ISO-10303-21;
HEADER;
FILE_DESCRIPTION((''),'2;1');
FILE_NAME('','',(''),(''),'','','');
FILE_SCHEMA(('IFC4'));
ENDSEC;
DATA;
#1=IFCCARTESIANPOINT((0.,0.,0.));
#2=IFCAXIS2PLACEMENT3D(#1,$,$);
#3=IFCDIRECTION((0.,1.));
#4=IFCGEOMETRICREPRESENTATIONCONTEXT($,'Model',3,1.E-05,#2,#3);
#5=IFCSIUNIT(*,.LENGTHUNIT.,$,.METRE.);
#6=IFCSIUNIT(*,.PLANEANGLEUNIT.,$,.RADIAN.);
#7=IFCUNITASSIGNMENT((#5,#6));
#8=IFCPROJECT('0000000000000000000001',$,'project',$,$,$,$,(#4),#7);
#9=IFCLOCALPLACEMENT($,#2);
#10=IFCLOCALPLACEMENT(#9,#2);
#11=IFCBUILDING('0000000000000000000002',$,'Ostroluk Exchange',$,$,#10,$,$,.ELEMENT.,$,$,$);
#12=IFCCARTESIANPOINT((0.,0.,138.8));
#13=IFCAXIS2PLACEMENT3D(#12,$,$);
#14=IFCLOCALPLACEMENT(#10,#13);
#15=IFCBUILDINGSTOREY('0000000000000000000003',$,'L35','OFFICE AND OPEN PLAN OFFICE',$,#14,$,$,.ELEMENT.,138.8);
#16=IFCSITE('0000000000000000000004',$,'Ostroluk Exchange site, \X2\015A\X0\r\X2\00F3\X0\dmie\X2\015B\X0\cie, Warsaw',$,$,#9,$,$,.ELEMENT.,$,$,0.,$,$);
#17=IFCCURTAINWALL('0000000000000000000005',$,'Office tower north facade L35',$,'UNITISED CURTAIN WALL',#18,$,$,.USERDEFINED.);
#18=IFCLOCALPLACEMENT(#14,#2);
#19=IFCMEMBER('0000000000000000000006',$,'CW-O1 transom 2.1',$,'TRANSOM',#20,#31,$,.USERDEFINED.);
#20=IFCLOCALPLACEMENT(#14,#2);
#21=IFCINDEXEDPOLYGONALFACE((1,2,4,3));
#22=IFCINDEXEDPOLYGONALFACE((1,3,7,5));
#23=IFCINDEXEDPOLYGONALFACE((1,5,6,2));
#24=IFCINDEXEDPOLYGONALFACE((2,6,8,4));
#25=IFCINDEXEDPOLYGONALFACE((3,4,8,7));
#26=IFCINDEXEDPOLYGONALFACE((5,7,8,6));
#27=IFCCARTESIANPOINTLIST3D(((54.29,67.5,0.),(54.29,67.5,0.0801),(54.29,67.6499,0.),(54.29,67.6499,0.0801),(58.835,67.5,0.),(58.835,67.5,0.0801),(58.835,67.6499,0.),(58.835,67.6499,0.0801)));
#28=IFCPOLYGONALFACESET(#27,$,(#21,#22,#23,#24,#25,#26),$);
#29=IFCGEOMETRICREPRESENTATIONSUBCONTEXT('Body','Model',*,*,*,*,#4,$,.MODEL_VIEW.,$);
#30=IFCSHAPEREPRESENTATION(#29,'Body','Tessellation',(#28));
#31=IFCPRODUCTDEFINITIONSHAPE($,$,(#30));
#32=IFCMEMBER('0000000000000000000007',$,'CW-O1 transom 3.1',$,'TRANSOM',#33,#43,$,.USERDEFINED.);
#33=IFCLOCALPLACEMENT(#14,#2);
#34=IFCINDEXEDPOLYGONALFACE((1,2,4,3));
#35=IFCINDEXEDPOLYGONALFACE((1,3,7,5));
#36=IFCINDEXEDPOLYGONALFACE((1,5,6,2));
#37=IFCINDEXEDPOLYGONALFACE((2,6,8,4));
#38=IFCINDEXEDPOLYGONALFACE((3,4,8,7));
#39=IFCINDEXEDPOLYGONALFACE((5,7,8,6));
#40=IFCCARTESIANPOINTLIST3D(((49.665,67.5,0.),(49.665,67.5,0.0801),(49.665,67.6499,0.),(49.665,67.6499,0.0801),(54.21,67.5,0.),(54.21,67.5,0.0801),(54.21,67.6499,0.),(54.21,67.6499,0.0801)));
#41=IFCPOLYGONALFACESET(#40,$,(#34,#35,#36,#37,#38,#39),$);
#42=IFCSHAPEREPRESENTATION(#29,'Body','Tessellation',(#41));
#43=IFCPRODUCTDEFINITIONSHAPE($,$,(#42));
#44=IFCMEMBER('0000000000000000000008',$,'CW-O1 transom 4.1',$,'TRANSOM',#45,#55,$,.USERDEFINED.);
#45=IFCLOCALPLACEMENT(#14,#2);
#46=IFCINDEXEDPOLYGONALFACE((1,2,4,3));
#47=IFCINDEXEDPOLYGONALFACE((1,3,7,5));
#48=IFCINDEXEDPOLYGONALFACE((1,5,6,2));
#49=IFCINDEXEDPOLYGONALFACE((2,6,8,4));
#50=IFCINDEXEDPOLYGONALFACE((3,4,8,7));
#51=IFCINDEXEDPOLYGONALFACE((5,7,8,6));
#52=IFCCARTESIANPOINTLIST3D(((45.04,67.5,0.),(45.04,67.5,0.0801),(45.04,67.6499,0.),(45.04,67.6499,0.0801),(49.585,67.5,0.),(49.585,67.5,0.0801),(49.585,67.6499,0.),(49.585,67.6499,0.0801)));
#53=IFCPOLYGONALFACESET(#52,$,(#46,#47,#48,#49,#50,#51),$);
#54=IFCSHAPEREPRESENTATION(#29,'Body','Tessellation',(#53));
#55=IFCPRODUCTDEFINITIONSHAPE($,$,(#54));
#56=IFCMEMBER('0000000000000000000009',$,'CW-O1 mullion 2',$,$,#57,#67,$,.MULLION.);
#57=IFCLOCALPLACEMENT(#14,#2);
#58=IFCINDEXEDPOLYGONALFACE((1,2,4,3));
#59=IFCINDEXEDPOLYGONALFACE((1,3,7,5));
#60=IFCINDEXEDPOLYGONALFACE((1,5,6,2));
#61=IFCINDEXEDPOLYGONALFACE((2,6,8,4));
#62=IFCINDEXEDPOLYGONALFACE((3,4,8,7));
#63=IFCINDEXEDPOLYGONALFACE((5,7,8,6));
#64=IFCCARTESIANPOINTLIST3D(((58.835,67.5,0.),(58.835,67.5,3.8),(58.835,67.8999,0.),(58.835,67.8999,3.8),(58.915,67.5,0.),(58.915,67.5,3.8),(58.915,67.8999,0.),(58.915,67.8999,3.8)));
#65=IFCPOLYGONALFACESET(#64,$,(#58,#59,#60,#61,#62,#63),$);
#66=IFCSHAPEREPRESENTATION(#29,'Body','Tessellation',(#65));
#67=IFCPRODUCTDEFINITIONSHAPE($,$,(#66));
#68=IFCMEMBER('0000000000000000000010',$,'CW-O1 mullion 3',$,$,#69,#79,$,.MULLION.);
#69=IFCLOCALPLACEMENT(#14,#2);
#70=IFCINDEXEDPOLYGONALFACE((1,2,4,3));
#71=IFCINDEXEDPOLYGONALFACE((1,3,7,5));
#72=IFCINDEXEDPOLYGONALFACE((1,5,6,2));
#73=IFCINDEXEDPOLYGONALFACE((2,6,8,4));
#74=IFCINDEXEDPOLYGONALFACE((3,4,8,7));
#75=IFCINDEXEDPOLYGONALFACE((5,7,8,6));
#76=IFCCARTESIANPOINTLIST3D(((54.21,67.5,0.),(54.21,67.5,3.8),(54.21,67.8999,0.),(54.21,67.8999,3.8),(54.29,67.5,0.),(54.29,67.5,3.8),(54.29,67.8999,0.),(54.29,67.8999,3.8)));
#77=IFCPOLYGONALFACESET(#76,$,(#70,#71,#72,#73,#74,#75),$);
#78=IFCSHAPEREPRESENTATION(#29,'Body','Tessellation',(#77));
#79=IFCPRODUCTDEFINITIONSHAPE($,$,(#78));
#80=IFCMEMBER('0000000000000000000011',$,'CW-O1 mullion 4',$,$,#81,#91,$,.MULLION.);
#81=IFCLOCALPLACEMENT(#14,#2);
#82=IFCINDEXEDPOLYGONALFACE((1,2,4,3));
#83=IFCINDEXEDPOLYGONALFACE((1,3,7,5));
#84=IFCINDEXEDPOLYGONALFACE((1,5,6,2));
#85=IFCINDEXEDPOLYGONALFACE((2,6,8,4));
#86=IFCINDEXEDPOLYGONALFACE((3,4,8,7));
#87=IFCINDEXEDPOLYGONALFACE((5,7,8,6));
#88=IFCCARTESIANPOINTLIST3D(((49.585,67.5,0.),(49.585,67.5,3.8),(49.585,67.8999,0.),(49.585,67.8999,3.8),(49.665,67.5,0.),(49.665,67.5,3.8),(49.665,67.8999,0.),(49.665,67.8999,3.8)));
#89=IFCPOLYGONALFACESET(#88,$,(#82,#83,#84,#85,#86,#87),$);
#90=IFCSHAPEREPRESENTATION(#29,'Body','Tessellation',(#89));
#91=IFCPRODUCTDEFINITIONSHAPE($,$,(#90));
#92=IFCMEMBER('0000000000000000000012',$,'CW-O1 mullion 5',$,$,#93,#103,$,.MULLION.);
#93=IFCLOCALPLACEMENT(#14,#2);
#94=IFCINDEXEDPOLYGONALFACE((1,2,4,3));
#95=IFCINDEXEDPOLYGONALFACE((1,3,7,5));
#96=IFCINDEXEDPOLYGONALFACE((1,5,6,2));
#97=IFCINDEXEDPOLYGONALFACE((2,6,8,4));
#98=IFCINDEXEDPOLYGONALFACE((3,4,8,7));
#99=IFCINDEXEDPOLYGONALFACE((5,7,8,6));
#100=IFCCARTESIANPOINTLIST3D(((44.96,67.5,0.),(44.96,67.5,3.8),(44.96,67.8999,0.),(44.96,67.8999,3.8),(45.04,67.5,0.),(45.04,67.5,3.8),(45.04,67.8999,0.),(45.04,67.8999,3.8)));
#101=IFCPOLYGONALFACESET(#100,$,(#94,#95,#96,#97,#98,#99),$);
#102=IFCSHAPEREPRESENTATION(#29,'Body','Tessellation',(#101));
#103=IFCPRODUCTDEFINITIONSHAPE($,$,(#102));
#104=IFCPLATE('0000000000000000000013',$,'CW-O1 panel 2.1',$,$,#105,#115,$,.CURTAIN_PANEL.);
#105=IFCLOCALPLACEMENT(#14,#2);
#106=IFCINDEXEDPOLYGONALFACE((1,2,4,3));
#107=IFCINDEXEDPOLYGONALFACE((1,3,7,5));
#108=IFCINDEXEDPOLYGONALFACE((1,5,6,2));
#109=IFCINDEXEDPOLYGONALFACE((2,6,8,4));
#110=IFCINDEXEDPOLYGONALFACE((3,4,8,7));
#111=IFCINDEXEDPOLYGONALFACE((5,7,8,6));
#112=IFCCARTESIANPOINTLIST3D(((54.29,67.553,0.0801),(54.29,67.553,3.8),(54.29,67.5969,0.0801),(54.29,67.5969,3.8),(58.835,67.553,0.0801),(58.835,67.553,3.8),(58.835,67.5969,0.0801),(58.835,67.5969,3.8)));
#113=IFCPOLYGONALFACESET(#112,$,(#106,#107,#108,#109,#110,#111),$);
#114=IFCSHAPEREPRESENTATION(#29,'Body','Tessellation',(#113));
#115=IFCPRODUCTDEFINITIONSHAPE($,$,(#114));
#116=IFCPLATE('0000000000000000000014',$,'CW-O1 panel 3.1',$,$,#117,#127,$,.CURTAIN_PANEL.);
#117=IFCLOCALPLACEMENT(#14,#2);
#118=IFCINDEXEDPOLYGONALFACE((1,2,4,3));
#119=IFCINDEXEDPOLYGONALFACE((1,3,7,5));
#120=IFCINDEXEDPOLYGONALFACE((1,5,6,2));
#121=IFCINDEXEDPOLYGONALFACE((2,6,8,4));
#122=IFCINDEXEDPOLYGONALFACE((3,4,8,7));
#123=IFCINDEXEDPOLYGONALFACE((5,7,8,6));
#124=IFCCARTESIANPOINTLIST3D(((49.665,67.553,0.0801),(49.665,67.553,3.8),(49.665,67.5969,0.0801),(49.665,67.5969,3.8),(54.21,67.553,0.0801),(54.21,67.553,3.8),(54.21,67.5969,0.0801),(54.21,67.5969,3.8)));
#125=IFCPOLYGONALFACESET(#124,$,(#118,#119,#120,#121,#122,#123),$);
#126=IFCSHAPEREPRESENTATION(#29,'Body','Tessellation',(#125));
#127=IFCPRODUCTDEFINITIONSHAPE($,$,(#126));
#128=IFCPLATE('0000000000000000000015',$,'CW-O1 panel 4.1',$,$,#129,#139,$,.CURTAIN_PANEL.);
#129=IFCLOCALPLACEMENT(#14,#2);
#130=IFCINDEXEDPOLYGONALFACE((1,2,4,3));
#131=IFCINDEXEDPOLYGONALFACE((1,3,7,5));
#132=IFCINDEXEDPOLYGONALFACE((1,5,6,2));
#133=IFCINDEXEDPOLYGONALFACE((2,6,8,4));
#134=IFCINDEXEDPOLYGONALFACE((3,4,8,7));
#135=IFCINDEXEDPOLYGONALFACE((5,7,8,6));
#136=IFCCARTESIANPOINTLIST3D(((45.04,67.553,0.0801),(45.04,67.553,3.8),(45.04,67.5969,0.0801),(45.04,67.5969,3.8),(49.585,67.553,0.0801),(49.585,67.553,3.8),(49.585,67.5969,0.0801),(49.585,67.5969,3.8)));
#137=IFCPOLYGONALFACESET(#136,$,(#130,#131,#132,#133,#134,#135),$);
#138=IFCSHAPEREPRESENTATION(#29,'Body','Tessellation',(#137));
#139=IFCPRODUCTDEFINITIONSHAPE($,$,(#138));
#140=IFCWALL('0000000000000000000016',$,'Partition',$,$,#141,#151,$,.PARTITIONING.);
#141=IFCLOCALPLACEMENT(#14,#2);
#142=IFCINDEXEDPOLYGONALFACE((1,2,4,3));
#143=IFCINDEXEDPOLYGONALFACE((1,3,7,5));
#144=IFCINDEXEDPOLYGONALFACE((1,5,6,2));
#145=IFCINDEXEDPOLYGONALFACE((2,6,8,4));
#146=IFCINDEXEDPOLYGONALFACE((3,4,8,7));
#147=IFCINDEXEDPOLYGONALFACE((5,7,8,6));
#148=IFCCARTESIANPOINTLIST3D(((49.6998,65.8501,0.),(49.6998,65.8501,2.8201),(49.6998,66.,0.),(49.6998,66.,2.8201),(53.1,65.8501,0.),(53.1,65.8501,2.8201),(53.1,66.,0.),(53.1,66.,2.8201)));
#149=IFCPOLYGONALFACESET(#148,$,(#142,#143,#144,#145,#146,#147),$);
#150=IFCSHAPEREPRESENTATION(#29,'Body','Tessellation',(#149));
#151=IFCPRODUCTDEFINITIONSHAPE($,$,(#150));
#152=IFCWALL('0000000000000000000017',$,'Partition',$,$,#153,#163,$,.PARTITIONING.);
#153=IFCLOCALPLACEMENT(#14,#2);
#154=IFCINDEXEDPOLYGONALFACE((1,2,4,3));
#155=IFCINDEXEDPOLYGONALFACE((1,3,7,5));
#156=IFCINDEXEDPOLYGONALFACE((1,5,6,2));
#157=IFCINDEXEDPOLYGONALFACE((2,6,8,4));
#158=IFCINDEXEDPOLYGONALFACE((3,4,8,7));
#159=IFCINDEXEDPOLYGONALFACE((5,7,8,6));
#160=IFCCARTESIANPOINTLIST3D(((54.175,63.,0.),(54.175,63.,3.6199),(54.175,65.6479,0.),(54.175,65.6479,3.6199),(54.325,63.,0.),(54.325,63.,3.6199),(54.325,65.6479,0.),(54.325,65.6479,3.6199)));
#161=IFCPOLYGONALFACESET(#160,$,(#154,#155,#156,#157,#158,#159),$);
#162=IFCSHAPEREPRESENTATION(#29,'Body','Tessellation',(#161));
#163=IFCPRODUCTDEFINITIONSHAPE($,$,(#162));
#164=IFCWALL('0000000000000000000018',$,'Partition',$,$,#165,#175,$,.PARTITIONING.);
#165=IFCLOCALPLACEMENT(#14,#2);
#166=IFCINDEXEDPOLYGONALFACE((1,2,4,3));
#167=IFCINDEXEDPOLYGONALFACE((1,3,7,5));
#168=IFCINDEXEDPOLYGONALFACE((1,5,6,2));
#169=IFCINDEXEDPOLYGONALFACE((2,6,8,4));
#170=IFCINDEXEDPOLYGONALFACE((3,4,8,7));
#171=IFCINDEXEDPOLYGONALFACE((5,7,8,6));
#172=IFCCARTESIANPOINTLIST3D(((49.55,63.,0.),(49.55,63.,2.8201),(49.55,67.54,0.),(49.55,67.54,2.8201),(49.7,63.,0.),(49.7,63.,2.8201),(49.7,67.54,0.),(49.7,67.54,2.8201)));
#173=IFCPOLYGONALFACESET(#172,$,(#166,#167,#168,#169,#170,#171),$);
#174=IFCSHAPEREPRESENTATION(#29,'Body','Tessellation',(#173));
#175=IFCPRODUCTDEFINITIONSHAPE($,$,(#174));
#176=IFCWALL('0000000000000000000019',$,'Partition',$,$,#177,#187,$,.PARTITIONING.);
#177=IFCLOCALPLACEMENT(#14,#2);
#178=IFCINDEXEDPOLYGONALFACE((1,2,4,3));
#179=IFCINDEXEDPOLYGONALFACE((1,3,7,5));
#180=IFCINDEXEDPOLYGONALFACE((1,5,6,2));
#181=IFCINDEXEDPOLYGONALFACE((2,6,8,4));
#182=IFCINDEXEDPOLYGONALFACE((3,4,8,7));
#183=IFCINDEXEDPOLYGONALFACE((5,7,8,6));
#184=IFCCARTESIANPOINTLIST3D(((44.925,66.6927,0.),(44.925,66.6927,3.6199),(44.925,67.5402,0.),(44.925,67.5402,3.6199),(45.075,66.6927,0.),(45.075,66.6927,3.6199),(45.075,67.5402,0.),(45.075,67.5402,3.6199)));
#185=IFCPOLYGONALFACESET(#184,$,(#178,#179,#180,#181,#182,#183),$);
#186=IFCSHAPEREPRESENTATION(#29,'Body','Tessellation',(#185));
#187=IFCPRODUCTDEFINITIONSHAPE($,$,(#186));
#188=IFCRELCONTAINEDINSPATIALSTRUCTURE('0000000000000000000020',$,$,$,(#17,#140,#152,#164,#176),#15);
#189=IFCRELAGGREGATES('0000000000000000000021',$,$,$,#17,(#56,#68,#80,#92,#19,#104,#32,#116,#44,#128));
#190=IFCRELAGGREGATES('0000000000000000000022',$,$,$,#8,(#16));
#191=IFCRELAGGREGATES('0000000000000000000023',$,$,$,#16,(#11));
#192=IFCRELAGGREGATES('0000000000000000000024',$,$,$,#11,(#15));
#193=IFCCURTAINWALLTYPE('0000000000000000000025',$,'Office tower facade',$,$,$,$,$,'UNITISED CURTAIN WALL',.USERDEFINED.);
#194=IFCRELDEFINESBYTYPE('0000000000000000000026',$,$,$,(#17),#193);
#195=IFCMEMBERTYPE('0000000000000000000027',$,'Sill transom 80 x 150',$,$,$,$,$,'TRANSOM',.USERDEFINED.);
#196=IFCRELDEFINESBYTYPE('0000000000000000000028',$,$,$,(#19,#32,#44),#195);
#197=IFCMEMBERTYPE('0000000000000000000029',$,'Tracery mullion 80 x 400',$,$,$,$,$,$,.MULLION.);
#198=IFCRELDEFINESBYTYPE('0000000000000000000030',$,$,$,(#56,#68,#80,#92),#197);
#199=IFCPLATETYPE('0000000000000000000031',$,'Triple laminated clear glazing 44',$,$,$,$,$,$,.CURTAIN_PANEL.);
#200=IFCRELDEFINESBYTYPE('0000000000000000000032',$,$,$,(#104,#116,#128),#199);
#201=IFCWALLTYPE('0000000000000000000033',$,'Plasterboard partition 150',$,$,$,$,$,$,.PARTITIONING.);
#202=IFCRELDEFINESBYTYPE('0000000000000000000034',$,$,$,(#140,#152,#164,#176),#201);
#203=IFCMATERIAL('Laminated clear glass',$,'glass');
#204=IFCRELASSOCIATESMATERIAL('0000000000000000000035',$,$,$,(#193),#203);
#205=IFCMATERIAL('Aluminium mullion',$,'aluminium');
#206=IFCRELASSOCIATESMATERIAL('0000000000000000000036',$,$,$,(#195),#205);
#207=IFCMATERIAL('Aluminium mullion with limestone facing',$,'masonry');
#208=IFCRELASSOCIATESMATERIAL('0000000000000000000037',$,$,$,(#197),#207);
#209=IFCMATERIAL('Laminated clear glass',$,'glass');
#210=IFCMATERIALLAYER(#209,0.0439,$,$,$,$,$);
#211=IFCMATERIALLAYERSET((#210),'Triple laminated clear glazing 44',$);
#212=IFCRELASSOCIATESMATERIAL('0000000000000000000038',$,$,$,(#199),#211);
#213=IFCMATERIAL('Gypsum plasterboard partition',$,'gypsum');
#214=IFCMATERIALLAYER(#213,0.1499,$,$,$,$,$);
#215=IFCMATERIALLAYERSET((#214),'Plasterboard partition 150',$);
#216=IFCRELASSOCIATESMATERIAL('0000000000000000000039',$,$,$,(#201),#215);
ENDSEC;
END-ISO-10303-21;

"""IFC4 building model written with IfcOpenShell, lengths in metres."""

from ifc_helpers import new_model, si_unit, direction, frame, frame_2d, origin, origin_2d, place, context, subcontext, project, spatial, rectangle, extrude, material, layer, layer_set, material_profile, profile_set, type_object, element, aggregate, save


model = new_model("IFC4")

# Units and contexts
model_context = context("Model", 3, precision=1e-05, world=origin(), true_north=direction((0.0, 1.0)))
body_context = subcontext(model_context, "Body", "Model", "MODEL_VIEW")
ifc_project = project(units=[si_unit("LENGTHUNIT", "METRE"), si_unit("PLANEANGLEUNIT", "RADIAN")], contexts=[model_context])

# Site, building, storey
site_placement = place(None, origin())
site = spatial("IfcSite", under=ifc_project, at=site_placement, Name="Ostroluk Exchange site, Śródmieście, Warsaw", CompositionType="ELEMENT", RefElevation=0.0)
building_placement = place(site_placement, origin())
building = spatial("IfcBuilding", under=site, at=building_placement, Name="Ostroluk Exchange", CompositionType="ELEMENT")
storey_placement = place(building_placement, frame((0.0, 0.0, 138.8)))
storey = spatial("IfcBuildingStorey", under=building, at=storey_placement, Name="L35", Description="OFFICE AND OPEN PLAN OFFICE", CompositionType="ELEMENT", Elevation=138.8)

# Curtain wall, members, plates
ifc_material_1 = material(Name="Laminated clear glass", Category="glass")
curtain_wall_type = type_object("IfcCurtainWallType", Name="Office tower facade", ElementType="UNITISED CURTAIN WALL", PredefinedType="USERDEFINED", material=ifc_material_1)
curtain_wall_placement = place(storey_placement, origin())
curtain_wall = element("IfcCurtainWall", 1, at=curtain_wall_placement, inside=storey, type_object=curtain_wall_type, Name="Office tower north facade L35", ObjectType="UNITISED CURTAIN WALL", PredefinedType="USERDEFINED")
ifc_material_2 = material(Name="Aluminium mullion", Category="aluminium")
ifc_material_profile_1 = material_profile(ifc_material_2, rectangle(XDim=0.1499, YDim=0.0801, at=origin_2d()), Name="Sill transom 80 x 150")
ifc_profile_set_1 = profile_set([ifc_material_profile_1], Name="Aluminium mullion")
member_type_1 = type_object("IfcMemberType", Name="Sill transom 80 x 150", ElementType="TRANSOM", PredefinedType="USERDEFINED", material=ifc_profile_set_1)
member_1_placement = place(storey_placement, frame((58.835, 67.575, 0.04), z_axis=(-1.0, 0.0, 0.0), x_axis=(0.0, -1.0, 0.0)))
member_1 = element("IfcMember", 2, at=member_1_placement, type_object=member_type_1, Name="CW-O1 transom 2.1", ObjectType="TRANSOM", PredefinedType="USERDEFINED", context=body_context, shape_type="SweptSolid", body=[
    extrude(rectangle(XDim=0.1499, YDim=0.0801, at=origin_2d()), origin(), (0.0, 0.0, 1.0), 4.5449),
])
member_2_placement = place(storey_placement, frame((54.21, 67.575, 0.04), z_axis=(-1.0, 0.0, 0.0), x_axis=(0.0, -1.0, 0.0)))
member_2 = element("IfcMember", 3, at=member_2_placement, type_object=member_type_1, Name="CW-O1 transom 3.1", ObjectType="TRANSOM", PredefinedType="USERDEFINED", context=body_context, shape_type="SweptSolid", body=[
    extrude(rectangle(XDim=0.1499, YDim=0.0801, at=origin_2d()), origin(), (0.0, 0.0, 1.0), 4.5449),
])
member_3_placement = place(storey_placement, frame((49.585, 67.575, 0.04), z_axis=(-1.0, 0.0, 0.0), x_axis=(0.0, -1.0, 0.0)))
member_3 = element("IfcMember", 4, at=member_3_placement, type_object=member_type_1, Name="CW-O1 transom 4.1", ObjectType="TRANSOM", PredefinedType="USERDEFINED", context=body_context, shape_type="SweptSolid", body=[
    extrude(rectangle(XDim=0.1499, YDim=0.0801, at=origin_2d()), origin(), (0.0, 0.0, 1.0), 4.5449),
])
ifc_material_3 = material(Name="Aluminium mullion with limestone facing", Category="masonry")
ifc_material_profile_2 = material_profile(ifc_material_3, rectangle(XDim=0.3999, YDim=0.0801, at=origin_2d()), Name="Tracery mullion 80 x 400")
ifc_profile_set_2 = profile_set([ifc_material_profile_2], Name="Aluminium mullion with limestone facing")
member_type_2 = type_object("IfcMemberType", Name="Tracery mullion 80 x 400", PredefinedType="MULLION", material=ifc_profile_set_2)
member_4_placement = place(storey_placement, frame((58.875, 67.7, 0.0), z_axis=(0.0, 0.0, 1.0), x_axis=(0.0, -1.0, 0.0)))
member_4 = element("IfcMember", 5, at=member_4_placement, type_object=member_type_2, Name="CW-O1 mullion 2", PredefinedType="MULLION", context=body_context, shape_type="SweptSolid", body=[
    extrude(rectangle(XDim=0.3999, YDim=0.0801, at=origin_2d()), origin(), (0.0, 0.0, 1.0), 3.8),
])
member_5_placement = place(storey_placement, frame((54.25, 67.7, 0.0), z_axis=(0.0, 0.0, 1.0), x_axis=(0.0, -1.0, 0.0)))
member_5 = element("IfcMember", 6, at=member_5_placement, type_object=member_type_2, Name="CW-O1 mullion 3", PredefinedType="MULLION", context=body_context, shape_type="SweptSolid", body=[
    extrude(rectangle(XDim=0.3999, YDim=0.0801, at=origin_2d()), origin(), (0.0, 0.0, 1.0), 3.8),
])
member_6_placement = place(storey_placement, frame((49.625, 67.7, 0.0), z_axis=(0.0, 0.0, 1.0), x_axis=(0.0, -1.0, 0.0)))
member_6 = element("IfcMember", 7, at=member_6_placement, type_object=member_type_2, Name="CW-O1 mullion 4", PredefinedType="MULLION", context=body_context, shape_type="SweptSolid", body=[
    extrude(rectangle(XDim=0.3999, YDim=0.0801, at=origin_2d()), origin(), (0.0, 0.0, 1.0), 3.8),
])
member_7_placement = place(storey_placement, frame((45.0, 67.7, 0.0), z_axis=(0.0, 0.0, 1.0), x_axis=(0.0, -1.0, 0.0)))
member_7 = element("IfcMember", 8, at=member_7_placement, type_object=member_type_2, Name="CW-O1 mullion 5", PredefinedType="MULLION", context=body_context, shape_type="SweptSolid", body=[
    extrude(rectangle(XDim=0.3999, YDim=0.0801, at=origin_2d()), origin(), (0.0, 0.0, 1.0), 3.8),
])
ifc_material_4 = material(Name="Laminated clear glass", Category="glass")
ifc_layer_1 = layer(ifc_material_4, 0.0439)
ifc_layer_set_1 = layer_set([ifc_layer_1], Name="Triple laminated clear glazing 44")
plate_type = type_object("IfcPlateType", Name="Triple laminated clear glazing 44", PredefinedType="CURTAIN_PANEL", material=ifc_layer_set_1)
plate_1_placement = place(storey_placement, frame((56.5625, 67.575, 0.0801), z_axis=(0.0, 0.0, 1.0), x_axis=(-1.0, 0.0, 0.0)))
plate_1 = element("IfcPlate", 9, at=plate_1_placement, type_object=plate_type, Name="CW-O1 panel 2.1", PredefinedType="CURTAIN_PANEL", context=body_context, shape_type="SweptSolid", body=[
    extrude(rectangle(XDim=4.5449, YDim=0.0439, at=origin_2d()), origin(), (0.0, 0.0, 1.0), 3.72),
])
plate_2_placement = place(storey_placement, frame((51.9375, 67.575, 0.0801), z_axis=(0.0, 0.0, 1.0), x_axis=(-1.0, 0.0, 0.0)))
plate_2 = element("IfcPlate", 10, at=plate_2_placement, type_object=plate_type, Name="CW-O1 panel 3.1", PredefinedType="CURTAIN_PANEL", context=body_context, shape_type="SweptSolid", body=[
    extrude(rectangle(XDim=4.5449, YDim=0.0439, at=origin_2d()), origin(), (0.0, 0.0, 1.0), 3.72),
])
plate_3_placement = place(storey_placement, frame((47.3125, 67.575, 0.0801), z_axis=(0.0, 0.0, 1.0), x_axis=(-1.0, 0.0, 0.0)))
plate_3 = element("IfcPlate", 11, at=plate_3_placement, type_object=plate_type, Name="CW-O1 panel 4.1", PredefinedType="CURTAIN_PANEL", context=body_context, shape_type="SweptSolid", body=[
    extrude(rectangle(XDim=4.5449, YDim=0.0439, at=origin_2d()), origin(), (0.0, 0.0, 1.0), 3.72),
])
aggregate(curtain_wall, [member_4, member_5, member_6, member_7, member_1, plate_1, member_2, plate_2, member_3, plate_3])

# Walls
ifc_material_5 = material(Name="Gypsum plasterboard partition", Category="gypsum")
ifc_layer_2 = layer(ifc_material_5, 0.1499)
ifc_layer_set_2 = layer_set([ifc_layer_2], Name="Plasterboard partition 150")
wall_type = type_object("IfcWallType", Name="Plasterboard partition 150", PredefinedType="PARTITIONING", material=ifc_layer_set_2)
wall_1_placement = place(storey_placement, frame((53.1001, 65.925, 0.0), z_axis=(0.0, 0.0, 1.0), x_axis=(-1.0, 0.0, 0.0)))
element("IfcWall", 12, at=wall_1_placement, inside=storey, type_object=wall_type, Name="Partition", PredefinedType="PARTITIONING", context=body_context, shape_type="SweptSolid", body=[
    extrude(rectangle(XDim=3.4001, YDim=0.1499, at=frame_2d((1.7002, 0.0))), origin(), (0.0, 0.0, 1.0), 2.8201),
])
wall_2_placement = place(storey_placement, frame((54.25, 63.0, 0.0), z_axis=(0.0, 0.0, 1.0), x_axis=(0.0, 1.0, 0.0)))
element("IfcWall", 13, at=wall_2_placement, inside=storey, type_object=wall_type, Name="Partition", PredefinedType="PARTITIONING", context=body_context, shape_type="SweptSolid", body=[
    extrude(rectangle(XDim=2.6479, YDim=0.1499, at=frame_2d((1.324, 0.0))), origin(), (0.0, 0.0, 1.0), 3.6199),
])
wall_3_placement = place(storey_placement, frame((49.625, 63.0, 0.0), z_axis=(0.0, 0.0, 1.0), x_axis=(0.0, 1.0, 0.0)))
element("IfcWall", 14, at=wall_3_placement, inside=storey, type_object=wall_type, Name="Partition", PredefinedType="PARTITIONING", context=body_context, shape_type="SweptSolid", body=[
    extrude(rectangle(XDim=4.54, YDim=0.1499, at=frame_2d((2.27, 0.0))), origin(), (0.0, 0.0, 1.0), 2.8201),
])
wall_4_placement = place(storey_placement, frame((45.0, 66.6926, 0.0), z_axis=(0.0, 0.0, 1.0), x_axis=(0.0, 1.0, 0.0)))
element("IfcWall", 15, at=wall_4_placement, inside=storey, type_object=wall_type, Name="Partition", PredefinedType="PARTITIONING", context=body_context, shape_type="SweptSolid", body=[
    extrude(rectangle(XDim=0.8474, YDim=0.1499, at=frame_2d((0.4238, 0.0))), origin(), (0.0, 0.0, 1.0), 3.6199),
])

save(model, "model.ifc")
